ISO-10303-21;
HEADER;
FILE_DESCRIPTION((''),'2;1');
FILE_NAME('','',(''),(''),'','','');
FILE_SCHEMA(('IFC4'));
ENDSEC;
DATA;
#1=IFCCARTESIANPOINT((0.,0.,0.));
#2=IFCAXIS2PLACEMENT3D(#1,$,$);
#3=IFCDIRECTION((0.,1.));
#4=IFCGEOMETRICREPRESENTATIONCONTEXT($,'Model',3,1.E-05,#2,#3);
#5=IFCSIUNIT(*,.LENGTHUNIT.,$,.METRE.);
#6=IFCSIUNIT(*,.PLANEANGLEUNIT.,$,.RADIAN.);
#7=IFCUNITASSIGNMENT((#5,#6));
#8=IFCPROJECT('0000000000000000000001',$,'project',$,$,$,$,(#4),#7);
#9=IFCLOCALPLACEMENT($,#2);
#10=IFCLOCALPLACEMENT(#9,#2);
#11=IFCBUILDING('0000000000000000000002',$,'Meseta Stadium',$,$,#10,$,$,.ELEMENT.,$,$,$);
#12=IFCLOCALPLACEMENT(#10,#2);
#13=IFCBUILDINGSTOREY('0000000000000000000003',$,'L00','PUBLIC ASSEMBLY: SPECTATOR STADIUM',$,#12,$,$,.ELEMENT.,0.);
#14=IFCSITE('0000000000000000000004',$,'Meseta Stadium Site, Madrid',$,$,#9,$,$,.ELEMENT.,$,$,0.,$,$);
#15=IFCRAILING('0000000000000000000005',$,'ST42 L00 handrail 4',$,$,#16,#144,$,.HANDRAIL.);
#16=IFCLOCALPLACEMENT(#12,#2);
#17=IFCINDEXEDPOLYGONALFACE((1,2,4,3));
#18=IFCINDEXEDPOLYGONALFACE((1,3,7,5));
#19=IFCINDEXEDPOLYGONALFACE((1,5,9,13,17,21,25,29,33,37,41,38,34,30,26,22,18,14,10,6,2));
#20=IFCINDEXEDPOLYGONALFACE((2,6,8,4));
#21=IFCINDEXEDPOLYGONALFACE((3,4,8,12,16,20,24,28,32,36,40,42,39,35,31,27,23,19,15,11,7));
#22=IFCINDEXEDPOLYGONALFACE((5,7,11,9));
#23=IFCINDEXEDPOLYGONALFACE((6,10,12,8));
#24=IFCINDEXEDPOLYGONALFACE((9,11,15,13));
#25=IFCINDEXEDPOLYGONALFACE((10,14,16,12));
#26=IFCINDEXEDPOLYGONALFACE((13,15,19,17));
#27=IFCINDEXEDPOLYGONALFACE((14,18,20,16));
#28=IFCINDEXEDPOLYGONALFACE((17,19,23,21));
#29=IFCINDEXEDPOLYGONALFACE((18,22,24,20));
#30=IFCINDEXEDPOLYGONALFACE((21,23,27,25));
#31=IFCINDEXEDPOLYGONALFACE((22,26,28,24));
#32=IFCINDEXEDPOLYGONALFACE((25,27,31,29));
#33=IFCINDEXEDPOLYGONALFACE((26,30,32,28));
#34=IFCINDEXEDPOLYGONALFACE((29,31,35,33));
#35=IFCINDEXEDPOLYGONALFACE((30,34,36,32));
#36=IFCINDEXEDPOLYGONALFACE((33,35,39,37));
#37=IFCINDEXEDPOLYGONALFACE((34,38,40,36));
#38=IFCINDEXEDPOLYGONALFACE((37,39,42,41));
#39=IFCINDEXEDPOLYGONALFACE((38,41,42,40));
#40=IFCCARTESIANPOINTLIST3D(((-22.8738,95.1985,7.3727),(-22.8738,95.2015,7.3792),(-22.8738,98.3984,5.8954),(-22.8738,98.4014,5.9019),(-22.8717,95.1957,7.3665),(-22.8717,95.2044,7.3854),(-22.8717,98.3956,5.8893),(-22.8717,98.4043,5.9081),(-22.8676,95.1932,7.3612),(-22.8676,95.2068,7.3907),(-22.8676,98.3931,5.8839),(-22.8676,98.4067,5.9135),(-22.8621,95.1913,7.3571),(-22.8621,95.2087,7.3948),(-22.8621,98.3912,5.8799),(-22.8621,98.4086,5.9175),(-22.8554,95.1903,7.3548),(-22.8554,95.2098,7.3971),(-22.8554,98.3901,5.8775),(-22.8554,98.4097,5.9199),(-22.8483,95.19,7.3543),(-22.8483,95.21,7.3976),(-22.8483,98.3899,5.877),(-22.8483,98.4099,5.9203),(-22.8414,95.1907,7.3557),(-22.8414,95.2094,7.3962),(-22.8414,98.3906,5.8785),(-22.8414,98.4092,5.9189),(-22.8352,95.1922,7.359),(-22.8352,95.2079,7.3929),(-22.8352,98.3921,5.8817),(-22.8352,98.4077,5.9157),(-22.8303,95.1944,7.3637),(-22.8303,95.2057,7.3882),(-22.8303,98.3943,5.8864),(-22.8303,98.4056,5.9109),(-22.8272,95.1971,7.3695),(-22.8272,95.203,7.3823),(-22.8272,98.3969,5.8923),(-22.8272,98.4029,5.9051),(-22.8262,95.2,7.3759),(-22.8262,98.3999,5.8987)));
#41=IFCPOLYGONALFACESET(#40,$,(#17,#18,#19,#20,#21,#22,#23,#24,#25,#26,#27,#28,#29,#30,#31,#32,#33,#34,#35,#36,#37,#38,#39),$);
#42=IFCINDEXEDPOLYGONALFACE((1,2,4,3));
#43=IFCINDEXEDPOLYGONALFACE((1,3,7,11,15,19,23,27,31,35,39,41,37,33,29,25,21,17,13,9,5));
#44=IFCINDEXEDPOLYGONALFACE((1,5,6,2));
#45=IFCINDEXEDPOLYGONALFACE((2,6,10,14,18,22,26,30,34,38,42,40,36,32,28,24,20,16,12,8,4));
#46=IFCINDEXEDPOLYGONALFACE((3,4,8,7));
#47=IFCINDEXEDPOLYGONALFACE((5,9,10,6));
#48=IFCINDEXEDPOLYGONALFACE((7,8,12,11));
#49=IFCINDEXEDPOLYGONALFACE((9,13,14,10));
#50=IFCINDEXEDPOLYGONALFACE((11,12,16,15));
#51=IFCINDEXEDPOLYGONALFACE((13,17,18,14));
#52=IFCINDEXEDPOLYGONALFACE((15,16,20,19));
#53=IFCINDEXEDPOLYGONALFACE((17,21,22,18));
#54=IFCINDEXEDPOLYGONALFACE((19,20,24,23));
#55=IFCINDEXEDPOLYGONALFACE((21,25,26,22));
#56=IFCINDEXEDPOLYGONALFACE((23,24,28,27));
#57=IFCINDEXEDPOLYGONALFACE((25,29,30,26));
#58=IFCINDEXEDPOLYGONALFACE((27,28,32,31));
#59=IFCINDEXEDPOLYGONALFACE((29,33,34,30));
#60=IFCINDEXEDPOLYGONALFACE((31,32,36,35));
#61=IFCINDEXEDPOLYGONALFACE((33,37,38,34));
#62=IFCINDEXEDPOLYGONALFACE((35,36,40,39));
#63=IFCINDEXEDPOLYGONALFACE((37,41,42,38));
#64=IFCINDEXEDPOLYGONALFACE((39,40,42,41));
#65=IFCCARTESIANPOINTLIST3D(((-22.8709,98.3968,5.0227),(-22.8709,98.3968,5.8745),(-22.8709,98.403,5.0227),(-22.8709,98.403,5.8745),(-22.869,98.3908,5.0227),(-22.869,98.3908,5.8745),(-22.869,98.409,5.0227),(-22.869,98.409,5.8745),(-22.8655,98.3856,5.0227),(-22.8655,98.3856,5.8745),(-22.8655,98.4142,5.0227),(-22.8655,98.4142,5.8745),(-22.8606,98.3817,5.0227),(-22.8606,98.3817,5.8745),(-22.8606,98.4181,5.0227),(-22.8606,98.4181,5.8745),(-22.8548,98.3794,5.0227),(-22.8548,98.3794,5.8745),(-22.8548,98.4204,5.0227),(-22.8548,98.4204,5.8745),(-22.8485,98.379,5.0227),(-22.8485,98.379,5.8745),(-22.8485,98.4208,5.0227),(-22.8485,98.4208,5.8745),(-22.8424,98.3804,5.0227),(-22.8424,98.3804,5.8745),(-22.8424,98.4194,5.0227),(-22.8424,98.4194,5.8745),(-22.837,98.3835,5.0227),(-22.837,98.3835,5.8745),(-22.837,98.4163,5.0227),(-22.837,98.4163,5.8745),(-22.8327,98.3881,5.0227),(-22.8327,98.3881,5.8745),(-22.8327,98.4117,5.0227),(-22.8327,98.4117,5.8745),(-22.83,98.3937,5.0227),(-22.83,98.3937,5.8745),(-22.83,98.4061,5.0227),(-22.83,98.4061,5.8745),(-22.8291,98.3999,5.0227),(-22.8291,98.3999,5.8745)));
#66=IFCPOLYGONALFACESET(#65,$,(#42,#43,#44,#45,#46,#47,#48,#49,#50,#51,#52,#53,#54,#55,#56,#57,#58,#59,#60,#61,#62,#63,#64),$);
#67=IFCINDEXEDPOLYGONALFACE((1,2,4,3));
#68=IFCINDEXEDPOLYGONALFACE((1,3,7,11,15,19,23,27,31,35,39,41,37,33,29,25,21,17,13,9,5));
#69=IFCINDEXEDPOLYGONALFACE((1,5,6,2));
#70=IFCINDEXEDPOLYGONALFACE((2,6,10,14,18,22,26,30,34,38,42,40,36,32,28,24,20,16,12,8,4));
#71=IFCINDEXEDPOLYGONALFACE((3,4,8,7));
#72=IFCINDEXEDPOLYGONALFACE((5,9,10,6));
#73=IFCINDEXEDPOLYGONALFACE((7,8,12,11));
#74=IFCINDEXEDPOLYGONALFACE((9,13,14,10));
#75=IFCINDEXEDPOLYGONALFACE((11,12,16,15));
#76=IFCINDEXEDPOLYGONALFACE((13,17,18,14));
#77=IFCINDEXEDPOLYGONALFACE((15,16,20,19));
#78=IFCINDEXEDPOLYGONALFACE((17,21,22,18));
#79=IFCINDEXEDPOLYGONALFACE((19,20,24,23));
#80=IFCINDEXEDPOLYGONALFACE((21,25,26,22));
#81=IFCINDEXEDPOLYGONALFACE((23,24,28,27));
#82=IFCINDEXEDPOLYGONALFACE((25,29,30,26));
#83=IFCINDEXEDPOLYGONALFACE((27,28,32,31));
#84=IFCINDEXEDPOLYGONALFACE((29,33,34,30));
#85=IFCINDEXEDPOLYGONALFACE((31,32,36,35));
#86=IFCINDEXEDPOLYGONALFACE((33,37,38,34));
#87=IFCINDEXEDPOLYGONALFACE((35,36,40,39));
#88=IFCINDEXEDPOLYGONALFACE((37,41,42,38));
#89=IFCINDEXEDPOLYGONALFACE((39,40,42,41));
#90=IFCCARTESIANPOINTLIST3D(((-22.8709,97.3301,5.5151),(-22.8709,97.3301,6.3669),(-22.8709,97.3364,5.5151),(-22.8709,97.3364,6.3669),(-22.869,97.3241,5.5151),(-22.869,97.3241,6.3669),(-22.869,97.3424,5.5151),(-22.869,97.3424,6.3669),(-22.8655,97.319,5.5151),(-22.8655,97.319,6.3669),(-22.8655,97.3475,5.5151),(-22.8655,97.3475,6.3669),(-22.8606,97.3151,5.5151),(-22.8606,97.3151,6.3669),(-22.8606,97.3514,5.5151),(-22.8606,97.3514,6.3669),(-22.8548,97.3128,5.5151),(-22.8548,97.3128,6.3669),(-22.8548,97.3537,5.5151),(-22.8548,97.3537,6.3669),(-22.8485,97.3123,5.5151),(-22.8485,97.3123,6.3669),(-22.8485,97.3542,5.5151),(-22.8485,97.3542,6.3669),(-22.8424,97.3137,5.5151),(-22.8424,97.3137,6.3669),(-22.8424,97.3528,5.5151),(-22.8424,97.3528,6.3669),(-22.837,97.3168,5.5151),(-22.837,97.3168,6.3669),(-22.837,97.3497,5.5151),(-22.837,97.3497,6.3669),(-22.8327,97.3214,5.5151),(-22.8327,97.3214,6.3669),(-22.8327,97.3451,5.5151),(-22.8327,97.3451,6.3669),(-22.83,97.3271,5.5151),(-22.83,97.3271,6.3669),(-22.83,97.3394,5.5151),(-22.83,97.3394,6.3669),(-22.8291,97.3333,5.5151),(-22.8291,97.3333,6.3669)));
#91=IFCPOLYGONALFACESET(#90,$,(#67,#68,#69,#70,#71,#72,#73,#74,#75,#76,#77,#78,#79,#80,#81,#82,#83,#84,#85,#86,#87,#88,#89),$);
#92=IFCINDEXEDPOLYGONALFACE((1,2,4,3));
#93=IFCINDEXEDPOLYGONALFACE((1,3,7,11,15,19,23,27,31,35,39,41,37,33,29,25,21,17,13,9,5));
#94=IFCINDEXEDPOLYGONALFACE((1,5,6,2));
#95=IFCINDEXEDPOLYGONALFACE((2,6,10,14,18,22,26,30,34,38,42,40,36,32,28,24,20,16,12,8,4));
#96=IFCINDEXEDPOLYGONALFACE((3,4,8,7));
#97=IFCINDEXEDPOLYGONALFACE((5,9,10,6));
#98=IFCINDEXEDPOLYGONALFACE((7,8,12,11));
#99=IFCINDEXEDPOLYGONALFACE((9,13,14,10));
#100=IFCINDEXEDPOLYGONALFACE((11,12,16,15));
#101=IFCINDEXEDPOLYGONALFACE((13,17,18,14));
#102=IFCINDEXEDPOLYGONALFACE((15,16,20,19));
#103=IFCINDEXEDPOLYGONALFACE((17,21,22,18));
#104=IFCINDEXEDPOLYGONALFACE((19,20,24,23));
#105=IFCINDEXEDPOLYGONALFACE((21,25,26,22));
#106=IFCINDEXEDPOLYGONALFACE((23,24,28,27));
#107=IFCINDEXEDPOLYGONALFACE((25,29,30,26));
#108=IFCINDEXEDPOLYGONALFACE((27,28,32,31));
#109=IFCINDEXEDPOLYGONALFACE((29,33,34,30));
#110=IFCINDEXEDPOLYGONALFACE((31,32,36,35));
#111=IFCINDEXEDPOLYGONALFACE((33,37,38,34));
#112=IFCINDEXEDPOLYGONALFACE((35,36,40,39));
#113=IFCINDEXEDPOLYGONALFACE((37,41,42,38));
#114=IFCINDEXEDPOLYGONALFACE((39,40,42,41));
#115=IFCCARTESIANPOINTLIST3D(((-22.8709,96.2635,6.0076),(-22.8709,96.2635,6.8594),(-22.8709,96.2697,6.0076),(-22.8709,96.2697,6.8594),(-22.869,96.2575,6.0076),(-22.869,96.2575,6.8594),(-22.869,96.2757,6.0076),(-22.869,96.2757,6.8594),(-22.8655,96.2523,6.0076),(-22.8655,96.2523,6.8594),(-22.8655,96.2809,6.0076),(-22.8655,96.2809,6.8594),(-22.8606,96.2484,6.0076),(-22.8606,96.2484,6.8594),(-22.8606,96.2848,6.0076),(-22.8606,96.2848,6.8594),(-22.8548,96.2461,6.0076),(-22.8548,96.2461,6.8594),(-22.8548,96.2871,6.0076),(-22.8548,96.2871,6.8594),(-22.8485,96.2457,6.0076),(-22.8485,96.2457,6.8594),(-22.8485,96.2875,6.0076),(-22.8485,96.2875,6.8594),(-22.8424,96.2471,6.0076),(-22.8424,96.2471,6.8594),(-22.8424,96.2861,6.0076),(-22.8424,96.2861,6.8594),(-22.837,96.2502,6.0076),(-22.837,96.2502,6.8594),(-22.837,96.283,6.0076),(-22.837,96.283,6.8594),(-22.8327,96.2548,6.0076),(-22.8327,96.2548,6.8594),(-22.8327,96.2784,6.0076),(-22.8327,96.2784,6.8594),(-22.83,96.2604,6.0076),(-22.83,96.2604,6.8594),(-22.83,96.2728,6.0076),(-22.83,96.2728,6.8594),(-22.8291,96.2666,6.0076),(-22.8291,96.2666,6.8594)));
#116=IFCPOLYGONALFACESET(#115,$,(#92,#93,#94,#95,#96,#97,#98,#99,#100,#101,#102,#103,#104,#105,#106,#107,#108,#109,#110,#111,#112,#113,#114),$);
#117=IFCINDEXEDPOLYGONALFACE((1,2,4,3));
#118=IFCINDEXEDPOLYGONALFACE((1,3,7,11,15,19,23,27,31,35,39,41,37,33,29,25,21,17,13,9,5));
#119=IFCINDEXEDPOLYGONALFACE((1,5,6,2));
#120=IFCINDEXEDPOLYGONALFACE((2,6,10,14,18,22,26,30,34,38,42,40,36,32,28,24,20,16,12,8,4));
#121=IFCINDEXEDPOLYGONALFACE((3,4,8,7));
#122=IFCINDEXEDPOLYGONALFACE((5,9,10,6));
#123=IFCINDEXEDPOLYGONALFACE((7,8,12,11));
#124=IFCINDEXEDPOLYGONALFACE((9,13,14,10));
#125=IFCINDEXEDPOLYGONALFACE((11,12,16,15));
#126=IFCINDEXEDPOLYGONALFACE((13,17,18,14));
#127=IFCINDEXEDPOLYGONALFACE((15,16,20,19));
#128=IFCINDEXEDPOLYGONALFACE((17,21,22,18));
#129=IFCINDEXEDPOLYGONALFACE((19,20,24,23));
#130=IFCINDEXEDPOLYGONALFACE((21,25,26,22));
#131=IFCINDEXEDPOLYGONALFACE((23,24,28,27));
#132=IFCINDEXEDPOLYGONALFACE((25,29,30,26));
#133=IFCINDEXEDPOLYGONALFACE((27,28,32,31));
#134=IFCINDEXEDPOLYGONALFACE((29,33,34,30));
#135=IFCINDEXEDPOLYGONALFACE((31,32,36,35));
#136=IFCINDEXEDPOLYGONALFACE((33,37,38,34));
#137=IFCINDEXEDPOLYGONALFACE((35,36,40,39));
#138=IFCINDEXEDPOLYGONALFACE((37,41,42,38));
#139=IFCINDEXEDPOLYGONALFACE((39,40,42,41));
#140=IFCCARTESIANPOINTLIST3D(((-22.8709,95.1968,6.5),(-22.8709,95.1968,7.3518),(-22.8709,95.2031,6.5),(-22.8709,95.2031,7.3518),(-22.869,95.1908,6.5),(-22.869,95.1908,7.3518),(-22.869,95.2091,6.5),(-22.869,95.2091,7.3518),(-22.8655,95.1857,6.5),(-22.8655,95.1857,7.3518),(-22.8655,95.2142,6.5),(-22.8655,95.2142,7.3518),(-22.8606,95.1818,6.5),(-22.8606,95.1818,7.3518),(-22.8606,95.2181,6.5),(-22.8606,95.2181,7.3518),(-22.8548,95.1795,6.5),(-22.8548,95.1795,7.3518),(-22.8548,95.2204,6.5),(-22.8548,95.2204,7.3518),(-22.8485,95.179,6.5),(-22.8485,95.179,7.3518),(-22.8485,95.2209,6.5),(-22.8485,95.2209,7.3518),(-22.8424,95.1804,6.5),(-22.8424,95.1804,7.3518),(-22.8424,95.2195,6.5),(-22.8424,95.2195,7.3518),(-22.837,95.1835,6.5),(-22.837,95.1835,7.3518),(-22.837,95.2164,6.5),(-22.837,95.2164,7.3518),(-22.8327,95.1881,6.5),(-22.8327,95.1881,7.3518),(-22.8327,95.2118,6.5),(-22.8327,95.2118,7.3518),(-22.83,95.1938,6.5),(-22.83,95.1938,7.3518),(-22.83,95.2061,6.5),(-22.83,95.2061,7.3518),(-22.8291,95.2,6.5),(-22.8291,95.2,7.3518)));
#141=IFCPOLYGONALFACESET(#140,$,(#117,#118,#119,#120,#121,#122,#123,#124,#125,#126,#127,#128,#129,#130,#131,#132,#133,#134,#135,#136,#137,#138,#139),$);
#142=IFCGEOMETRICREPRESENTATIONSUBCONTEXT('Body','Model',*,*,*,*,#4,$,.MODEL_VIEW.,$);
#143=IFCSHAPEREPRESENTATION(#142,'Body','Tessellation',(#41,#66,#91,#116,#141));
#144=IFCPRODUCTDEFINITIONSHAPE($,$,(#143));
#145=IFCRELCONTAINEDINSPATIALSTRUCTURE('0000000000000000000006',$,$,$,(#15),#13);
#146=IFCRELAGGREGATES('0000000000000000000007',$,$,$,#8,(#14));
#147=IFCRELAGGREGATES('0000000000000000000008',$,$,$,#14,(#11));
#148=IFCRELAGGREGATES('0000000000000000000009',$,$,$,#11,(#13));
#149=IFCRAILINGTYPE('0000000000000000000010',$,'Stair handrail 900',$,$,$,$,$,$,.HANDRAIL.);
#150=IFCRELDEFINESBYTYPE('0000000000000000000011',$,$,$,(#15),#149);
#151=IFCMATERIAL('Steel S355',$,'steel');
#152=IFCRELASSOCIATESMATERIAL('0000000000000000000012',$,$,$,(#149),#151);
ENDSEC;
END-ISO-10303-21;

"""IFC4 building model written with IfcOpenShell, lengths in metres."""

from ifc_helpers import new_model, si_unit, direction, frame, origin, origin_2d, place, context, subcontext, project, spatial, circle, extrude, material, type_object, element, save


model = new_model("IFC4")

# Units and contexts
model_context = context("Model", 3, precision=1e-05, world=origin(), true_north=direction((0.0, 1.0)))
body_context = subcontext(model_context, "Body", "Model", "MODEL_VIEW")
ifc_project = project(units=[si_unit("LENGTHUNIT", "METRE"), si_unit("PLANEANGLEUNIT", "RADIAN")], contexts=[model_context])

# Site, building, storey
site_placement = place(None, origin())
site = spatial("IfcSite", under=ifc_project, at=site_placement, Name="Meseta Stadium Site, Madrid", CompositionType="ELEMENT", RefElevation=0.0)
building_placement = place(site_placement, origin())
building = spatial("IfcBuilding", under=site, at=building_placement, Name="Meseta Stadium", CompositionType="ELEMENT")
storey_placement = place(building_placement, origin())
storey = spatial("IfcBuildingStorey", under=building, at=storey_placement, Name="L00", Description="PUBLIC ASSEMBLY: SPECTATOR STADIUM", CompositionType="ELEMENT", Elevation=0.0)

# Railing
ifc_material_1 = material(Name="Steel S355", Category="steel")
railing_type_1 = type_object("IfcRailingType", Name="Stair handrail 900", PredefinedType="HANDRAIL", material=ifc_material_1)
railing_1_placement = place(storey_placement, frame((-22.8501, 98.3999, 5.0227)))
element("IfcRailing", 1, at=railing_1_placement, inside=storey, type_object=railing_type_1, Name="ST42 L00 handrail 4", PredefinedType="HANDRAIL", context=body_context, shape_type="SweptSolid", body=[
    extrude(circle(Radius=0.0239, at=origin_2d()), frame((0.0, 0.0, 0.876), z_axis=(0.0, -0.907917, 0.41915), x_axis=(1.0, 0.0, 0.0)), (0.0, 0.0, 1.0), 3.5244),
    extrude(circle(Radius=0.021, at=origin_2d()), origin(), (0.0, 0.0, 1.0), 0.8518),
    extrude(circle(Radius=0.021, at=origin_2d()), frame((0.0, -1.0667, 0.4924)), (0.0, 0.0, 1.0), 0.8518),
    extrude(circle(Radius=0.021, at=origin_2d()), frame((0.0, -2.1333, 0.9849)), (0.0, 0.0, 1.0), 0.8518),
    extrude(circle(Radius=0.021, at=origin_2d()), frame((0.0, -3.2, 1.4773)), (0.0, 0.0, 1.0), 0.8518),
])

save(model, "model.ifc")
